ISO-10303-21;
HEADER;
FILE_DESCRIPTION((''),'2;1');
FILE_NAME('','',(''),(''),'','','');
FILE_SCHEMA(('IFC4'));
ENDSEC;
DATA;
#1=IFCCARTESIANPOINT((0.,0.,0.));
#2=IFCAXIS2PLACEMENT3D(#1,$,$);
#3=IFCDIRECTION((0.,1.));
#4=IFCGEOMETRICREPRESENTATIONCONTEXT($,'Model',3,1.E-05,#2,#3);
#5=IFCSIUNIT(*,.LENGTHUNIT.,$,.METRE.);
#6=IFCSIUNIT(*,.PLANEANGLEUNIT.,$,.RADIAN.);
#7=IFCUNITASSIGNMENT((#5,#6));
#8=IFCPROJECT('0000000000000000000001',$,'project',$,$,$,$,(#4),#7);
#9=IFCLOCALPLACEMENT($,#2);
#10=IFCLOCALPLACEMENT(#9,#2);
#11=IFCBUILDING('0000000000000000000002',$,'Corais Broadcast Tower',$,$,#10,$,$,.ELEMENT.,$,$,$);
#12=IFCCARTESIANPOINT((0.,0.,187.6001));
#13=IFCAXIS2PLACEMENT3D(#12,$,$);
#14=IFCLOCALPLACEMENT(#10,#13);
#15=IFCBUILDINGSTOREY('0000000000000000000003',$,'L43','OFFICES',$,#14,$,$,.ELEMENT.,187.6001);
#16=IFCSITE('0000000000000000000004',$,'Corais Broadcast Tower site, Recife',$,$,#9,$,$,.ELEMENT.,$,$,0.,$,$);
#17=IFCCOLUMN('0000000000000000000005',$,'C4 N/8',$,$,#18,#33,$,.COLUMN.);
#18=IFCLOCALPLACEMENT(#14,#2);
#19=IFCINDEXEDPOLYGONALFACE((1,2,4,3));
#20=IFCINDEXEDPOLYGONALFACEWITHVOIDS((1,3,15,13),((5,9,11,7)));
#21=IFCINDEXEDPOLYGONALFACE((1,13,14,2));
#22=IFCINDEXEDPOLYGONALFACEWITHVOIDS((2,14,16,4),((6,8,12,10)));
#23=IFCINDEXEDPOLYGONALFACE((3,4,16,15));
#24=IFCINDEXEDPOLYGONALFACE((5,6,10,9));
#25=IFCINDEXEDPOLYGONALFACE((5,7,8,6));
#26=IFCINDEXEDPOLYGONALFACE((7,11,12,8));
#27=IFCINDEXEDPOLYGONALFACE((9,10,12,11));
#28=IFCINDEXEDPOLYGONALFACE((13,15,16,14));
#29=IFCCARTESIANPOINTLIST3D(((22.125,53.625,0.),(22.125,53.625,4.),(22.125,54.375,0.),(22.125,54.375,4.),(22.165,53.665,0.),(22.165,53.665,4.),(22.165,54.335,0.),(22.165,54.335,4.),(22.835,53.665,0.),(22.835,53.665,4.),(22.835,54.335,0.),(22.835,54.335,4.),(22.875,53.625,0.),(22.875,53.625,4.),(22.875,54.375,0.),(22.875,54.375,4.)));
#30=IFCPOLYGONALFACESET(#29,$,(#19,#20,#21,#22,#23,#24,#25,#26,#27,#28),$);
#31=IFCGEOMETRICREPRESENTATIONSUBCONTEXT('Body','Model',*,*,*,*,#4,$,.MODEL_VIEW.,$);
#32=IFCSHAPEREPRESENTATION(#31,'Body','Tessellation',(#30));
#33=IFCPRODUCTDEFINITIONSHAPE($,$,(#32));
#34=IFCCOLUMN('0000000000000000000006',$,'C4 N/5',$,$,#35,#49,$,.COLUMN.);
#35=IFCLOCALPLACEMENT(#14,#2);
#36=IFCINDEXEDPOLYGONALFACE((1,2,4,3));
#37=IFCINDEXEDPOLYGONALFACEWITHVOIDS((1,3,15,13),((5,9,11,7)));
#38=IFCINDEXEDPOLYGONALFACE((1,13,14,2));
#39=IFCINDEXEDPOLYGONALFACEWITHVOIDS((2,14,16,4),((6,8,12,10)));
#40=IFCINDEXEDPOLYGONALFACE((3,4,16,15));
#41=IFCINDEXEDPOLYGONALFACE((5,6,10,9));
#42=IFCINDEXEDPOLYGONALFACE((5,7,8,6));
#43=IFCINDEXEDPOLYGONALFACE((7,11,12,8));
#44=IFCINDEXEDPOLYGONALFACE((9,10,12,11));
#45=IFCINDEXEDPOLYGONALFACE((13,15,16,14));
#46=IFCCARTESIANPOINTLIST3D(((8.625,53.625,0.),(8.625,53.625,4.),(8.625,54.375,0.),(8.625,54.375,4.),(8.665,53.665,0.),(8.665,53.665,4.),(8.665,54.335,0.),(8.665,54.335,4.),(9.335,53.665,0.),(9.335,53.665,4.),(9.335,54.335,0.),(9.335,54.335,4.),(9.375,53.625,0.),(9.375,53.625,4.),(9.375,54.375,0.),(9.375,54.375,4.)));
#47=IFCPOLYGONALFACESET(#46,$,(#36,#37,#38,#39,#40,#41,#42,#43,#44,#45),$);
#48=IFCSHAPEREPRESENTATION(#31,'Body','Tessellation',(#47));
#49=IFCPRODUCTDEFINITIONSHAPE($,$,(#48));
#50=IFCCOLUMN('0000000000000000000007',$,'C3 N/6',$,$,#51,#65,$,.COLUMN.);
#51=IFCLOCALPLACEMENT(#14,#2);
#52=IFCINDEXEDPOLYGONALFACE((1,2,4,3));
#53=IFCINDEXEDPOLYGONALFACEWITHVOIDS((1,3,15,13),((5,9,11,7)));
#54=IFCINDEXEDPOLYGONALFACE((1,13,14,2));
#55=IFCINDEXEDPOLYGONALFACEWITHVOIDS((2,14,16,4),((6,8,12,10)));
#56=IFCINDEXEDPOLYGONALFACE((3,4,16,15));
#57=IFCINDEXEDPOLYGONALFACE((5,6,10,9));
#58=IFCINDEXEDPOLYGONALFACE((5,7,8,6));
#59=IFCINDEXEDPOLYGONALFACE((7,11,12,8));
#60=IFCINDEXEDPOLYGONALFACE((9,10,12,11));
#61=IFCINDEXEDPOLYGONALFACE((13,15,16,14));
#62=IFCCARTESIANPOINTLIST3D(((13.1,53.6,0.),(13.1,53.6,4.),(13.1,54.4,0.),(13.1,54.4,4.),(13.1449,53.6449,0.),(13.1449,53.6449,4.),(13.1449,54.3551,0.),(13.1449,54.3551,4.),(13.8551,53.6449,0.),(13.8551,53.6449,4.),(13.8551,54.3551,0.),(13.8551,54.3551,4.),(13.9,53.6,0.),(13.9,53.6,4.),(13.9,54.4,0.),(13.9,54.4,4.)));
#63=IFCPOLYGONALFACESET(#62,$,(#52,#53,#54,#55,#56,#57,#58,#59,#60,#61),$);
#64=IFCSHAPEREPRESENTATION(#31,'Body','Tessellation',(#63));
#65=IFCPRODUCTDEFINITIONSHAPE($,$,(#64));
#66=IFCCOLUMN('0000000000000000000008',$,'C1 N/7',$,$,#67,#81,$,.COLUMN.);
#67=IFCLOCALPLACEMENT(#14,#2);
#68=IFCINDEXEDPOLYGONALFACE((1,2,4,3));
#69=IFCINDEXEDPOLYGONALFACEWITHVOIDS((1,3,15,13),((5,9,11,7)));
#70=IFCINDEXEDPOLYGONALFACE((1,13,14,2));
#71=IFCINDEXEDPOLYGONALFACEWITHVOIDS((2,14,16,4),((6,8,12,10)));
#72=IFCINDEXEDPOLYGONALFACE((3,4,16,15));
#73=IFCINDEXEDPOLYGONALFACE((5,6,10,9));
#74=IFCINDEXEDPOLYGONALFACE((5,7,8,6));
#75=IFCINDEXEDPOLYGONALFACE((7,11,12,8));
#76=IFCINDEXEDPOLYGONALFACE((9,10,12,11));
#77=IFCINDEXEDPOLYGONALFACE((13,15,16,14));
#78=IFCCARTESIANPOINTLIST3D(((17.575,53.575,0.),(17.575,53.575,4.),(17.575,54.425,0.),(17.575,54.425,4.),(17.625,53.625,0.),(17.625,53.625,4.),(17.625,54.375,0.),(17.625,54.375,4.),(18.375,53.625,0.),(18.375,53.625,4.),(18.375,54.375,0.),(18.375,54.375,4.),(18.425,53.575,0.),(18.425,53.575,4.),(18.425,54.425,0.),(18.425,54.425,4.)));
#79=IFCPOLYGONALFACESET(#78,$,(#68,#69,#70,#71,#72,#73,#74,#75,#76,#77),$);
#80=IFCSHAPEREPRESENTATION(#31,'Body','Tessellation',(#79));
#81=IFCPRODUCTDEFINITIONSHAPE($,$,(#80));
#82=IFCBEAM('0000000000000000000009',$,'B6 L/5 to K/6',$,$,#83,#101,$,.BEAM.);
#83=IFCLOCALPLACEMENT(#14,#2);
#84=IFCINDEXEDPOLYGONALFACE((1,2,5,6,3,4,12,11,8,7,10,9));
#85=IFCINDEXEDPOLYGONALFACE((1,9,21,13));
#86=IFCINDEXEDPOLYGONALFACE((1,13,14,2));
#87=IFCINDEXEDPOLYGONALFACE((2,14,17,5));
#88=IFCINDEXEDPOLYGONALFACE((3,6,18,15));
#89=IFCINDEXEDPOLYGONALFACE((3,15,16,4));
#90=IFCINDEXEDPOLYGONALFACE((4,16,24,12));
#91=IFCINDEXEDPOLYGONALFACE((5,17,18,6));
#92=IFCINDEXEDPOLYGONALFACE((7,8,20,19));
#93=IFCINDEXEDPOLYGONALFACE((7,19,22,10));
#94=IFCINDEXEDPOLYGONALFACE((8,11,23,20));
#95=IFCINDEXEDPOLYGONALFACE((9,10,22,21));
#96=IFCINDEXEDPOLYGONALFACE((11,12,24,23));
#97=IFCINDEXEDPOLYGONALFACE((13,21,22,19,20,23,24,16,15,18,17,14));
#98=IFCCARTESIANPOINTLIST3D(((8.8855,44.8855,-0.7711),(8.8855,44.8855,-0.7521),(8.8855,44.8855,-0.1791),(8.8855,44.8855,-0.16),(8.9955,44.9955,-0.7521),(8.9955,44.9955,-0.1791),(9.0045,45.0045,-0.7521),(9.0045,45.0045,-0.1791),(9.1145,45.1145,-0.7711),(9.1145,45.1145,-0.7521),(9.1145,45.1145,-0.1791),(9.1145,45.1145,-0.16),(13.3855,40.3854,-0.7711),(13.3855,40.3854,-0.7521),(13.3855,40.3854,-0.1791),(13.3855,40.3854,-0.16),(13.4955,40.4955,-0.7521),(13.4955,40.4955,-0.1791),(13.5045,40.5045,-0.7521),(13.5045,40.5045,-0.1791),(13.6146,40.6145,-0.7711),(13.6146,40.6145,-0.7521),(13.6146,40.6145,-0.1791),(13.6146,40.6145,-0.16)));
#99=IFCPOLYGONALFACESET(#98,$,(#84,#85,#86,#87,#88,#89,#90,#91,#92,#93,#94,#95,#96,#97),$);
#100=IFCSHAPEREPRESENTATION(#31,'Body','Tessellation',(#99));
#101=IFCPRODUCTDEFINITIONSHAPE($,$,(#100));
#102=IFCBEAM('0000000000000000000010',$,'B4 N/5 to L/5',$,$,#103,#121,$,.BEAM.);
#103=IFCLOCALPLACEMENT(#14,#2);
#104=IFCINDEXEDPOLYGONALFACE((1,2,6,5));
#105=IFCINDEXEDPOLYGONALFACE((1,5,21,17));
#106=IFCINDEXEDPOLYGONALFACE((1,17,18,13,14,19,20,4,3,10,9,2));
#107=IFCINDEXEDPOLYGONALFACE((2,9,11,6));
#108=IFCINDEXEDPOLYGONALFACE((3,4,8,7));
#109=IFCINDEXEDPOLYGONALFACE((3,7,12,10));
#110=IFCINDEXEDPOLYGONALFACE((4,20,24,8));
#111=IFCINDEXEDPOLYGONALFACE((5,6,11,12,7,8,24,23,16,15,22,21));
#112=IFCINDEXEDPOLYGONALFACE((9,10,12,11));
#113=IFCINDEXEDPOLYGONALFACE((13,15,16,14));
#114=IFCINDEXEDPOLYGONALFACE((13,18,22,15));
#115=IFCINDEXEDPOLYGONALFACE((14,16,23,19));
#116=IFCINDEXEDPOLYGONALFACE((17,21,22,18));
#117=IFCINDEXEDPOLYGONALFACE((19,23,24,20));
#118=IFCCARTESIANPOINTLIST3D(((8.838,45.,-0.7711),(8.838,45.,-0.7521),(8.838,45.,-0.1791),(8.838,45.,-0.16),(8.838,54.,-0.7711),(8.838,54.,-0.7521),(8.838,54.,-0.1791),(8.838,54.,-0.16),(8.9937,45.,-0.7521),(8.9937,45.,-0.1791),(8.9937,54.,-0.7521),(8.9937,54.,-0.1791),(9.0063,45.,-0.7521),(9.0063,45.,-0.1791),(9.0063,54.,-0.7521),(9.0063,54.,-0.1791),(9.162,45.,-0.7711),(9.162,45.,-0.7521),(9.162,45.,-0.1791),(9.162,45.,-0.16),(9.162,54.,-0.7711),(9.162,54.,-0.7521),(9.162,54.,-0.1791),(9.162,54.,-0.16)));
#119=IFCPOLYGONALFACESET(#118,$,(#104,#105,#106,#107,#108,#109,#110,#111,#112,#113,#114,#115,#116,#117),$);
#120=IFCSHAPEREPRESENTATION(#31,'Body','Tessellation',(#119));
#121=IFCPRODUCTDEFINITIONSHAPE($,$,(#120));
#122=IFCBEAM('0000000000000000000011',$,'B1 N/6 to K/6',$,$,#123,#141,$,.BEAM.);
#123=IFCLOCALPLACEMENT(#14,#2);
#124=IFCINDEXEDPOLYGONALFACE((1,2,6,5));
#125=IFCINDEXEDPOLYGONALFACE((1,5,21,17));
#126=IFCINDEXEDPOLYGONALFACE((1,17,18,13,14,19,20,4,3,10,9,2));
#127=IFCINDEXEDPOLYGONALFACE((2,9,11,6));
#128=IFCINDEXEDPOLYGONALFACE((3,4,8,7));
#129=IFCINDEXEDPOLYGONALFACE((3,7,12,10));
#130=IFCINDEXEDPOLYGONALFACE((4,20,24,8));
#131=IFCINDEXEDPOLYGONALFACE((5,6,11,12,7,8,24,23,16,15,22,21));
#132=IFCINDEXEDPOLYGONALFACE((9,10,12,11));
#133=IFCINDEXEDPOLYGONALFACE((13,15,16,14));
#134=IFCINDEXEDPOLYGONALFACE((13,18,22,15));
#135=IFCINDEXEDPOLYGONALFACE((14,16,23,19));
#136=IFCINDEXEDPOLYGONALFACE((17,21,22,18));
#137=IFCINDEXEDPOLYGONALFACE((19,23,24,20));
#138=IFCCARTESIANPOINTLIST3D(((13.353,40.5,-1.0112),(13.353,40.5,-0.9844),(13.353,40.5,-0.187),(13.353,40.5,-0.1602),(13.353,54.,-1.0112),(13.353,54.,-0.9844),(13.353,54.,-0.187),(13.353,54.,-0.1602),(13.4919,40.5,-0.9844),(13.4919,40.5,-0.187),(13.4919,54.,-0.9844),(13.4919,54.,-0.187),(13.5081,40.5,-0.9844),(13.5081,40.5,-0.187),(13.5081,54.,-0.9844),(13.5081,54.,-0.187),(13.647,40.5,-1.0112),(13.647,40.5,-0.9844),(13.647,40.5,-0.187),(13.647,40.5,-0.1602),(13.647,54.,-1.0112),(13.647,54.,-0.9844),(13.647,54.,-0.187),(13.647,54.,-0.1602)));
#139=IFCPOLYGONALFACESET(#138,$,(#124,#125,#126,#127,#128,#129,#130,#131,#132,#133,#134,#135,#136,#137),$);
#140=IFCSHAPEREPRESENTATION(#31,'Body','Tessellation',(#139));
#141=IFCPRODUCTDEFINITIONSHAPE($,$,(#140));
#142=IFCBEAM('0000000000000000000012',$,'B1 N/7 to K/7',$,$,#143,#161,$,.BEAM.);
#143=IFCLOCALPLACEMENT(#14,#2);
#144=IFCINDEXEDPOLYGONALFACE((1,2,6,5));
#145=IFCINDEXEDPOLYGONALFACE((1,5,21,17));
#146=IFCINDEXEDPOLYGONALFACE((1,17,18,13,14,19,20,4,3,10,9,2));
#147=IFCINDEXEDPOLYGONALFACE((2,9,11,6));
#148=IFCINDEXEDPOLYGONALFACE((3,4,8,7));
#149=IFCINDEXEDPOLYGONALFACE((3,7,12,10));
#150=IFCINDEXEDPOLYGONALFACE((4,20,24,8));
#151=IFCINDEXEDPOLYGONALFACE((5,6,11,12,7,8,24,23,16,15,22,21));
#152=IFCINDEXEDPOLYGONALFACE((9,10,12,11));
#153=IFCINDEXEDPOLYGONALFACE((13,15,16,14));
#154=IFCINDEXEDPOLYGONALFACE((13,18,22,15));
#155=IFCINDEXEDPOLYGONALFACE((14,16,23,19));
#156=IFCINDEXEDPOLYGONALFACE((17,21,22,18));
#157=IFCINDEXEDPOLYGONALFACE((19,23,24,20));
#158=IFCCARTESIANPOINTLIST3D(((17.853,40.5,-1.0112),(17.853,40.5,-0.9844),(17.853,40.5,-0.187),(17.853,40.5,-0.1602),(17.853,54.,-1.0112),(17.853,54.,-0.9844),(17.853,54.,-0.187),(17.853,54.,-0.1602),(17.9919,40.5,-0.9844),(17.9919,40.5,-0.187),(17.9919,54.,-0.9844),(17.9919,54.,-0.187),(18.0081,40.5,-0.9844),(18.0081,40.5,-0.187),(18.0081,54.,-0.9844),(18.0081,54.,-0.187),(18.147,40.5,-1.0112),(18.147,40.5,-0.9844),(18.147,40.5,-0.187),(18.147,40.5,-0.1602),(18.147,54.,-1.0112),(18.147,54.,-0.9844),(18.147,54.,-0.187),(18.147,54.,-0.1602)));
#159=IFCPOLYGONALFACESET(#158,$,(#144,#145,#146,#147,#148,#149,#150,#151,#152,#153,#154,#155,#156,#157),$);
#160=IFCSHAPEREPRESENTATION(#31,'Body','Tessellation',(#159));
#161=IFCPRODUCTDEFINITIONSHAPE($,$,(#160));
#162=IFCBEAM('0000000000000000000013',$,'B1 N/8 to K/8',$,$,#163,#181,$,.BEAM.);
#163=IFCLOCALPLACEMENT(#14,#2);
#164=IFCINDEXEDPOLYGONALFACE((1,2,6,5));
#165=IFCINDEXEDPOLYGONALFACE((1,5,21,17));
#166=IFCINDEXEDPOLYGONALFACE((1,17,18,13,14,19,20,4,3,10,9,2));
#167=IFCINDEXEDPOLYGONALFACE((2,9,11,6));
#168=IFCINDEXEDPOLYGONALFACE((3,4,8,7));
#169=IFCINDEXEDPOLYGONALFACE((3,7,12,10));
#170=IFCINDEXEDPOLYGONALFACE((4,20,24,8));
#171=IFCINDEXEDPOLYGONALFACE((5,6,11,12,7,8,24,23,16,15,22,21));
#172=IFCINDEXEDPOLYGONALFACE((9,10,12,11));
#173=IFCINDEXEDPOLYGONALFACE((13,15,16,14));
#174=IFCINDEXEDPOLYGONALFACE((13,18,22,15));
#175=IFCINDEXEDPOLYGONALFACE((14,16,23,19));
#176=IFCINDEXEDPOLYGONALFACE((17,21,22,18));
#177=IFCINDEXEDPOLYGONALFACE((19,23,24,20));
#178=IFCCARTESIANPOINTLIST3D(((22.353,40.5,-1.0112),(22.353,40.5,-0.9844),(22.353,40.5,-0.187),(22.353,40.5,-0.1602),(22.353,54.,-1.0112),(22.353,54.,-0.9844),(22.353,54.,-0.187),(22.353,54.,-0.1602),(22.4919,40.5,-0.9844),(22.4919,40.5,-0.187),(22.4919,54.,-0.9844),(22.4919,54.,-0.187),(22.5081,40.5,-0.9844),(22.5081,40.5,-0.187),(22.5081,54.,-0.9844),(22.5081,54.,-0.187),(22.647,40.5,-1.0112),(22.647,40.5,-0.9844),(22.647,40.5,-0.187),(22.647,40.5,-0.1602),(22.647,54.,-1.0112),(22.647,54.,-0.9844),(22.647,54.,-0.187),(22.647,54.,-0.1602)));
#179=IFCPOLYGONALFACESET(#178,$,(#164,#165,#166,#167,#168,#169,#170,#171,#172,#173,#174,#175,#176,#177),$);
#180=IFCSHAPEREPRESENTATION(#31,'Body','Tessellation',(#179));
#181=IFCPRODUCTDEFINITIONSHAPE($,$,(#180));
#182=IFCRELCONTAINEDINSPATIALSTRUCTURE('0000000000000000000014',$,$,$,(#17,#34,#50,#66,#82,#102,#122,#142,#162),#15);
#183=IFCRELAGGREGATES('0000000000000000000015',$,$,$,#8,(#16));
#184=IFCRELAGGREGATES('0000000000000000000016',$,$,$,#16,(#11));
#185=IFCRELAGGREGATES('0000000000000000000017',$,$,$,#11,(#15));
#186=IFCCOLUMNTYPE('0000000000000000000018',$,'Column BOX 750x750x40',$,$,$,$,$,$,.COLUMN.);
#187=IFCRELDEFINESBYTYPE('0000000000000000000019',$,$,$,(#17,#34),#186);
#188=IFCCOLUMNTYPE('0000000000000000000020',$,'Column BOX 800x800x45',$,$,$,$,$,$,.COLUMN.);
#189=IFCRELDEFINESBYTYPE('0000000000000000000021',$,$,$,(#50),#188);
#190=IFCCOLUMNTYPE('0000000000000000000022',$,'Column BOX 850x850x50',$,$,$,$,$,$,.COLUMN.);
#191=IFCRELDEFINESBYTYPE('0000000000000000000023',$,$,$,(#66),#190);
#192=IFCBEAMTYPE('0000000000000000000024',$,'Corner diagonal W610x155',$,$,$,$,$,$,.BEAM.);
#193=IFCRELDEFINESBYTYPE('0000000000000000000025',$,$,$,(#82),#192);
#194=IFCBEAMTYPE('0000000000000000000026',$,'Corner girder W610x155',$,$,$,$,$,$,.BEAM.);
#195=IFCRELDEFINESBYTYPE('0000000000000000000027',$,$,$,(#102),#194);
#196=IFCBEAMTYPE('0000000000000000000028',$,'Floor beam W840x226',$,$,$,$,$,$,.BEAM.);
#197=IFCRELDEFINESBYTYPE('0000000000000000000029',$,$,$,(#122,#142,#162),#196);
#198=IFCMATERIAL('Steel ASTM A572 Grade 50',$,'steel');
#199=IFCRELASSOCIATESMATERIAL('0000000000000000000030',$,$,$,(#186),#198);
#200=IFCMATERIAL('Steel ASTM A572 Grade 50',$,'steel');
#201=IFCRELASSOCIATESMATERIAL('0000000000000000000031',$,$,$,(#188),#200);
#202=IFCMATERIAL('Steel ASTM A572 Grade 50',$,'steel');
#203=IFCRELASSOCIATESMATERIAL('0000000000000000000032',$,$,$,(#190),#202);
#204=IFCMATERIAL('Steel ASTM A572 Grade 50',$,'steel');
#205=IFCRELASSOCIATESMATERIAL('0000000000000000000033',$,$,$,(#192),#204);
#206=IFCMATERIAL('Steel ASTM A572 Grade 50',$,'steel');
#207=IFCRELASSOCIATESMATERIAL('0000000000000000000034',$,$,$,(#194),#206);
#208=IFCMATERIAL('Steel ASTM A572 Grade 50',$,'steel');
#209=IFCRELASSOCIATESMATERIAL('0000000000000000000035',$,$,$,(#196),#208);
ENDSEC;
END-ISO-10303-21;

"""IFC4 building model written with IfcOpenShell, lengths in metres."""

from ifc_helpers import new_model, si_unit, direction, frame, origin, origin_2d, place, context, subcontext, project, spatial, hollow_rectangle, i_section, extrude, material, material_profile, profile_set, type_object, element, save


model = new_model("IFC4")

# Units and contexts
model_context = context("Model", 3, precision=1e-05, world=origin(), true_north=direction((0.0, 1.0)))
body_context = subcontext(model_context, "Body", "Model", "MODEL_VIEW")
ifc_project = project(units=[si_unit("LENGTHUNIT", "METRE"), si_unit("PLANEANGLEUNIT", "RADIAN")], contexts=[model_context])

# Site, building, storey
site_placement = place(None, origin())
site = spatial("IfcSite", under=ifc_project, at=site_placement, Name="Corais Broadcast Tower site, Recife", CompositionType="ELEMENT", RefElevation=0.0)
building_placement = place(site_placement, origin())
building = spatial("IfcBuilding", under=site, at=building_placement, Name="Corais Broadcast Tower", CompositionType="ELEMENT")
storey_placement = place(building_placement, frame((0.0, 0.0, 187.6001)))
storey = spatial("IfcBuildingStorey", under=building, at=storey_placement, Name="L43", Description="OFFICES", CompositionType="ELEMENT", Elevation=187.6001)

# Columns
ifc_material_1 = material(Name="Steel ASTM A572 Grade 50", Category="steel")
ifc_material_profile_1 = material_profile(ifc_material_1, hollow_rectangle(XDim=0.75, YDim=0.75, WallThickness=0.04, at=origin_2d()), Name="BOX 750x750x40")
ifc_profile_set_1 = profile_set([ifc_material_profile_1], Name="Steel ASTM A572 Grade 50")
column_type_1 = type_object("IfcColumnType", Name="Column BOX 750x750x40", PredefinedType="COLUMN", material=ifc_profile_set_1)
for number, where, z_axis, x_axis, name in (
    (1, (22.5, 54.0, 0.0), (0.0, 0.0, 1.0), (1.0, 0.0, 0.0), "C4 N/8"),
    (2, (9.0, 54.0, 0.0), (0.0, 0.0, 1.0), (1.0, 0.0, 0.0), "C4 N/5"),
):
    element("IfcColumn", number, at=place(storey_placement, frame(where, z_axis=z_axis, x_axis=x_axis)), inside=storey, type_object=column_type_1, Name=name, PredefinedType="COLUMN", context=body_context, shape_type="SweptSolid", body=[
        extrude(hollow_rectangle(XDim=0.75, YDim=0.75, WallThickness=0.04, at=origin_2d()), origin(), (0.0, 0.0, 1.0), 4.0),
    ])
ifc_material_2 = material(Name="Steel ASTM A572 Grade 50", Category="steel")
ifc_material_profile_2 = material_profile(ifc_material_2, hollow_rectangle(XDim=0.8, YDim=0.8, WallThickness=0.0449, at=origin_2d()), Name="BOX 800x800x45")
ifc_profile_set_2 = profile_set([ifc_material_profile_2], Name="Steel ASTM A572 Grade 50")
column_type_2 = type_object("IfcColumnType", Name="Column BOX 800x800x45", PredefinedType="COLUMN", material=ifc_profile_set_2)
column_1_placement = place(storey_placement, frame((13.5, 54.0, 0.0), z_axis=(0.0, 0.0, 1.0), x_axis=(1.0, 0.0, 0.0)))
element("IfcColumn", 3, at=column_1_placement, inside=storey, type_object=column_type_2, Name="C3 N/6", PredefinedType="COLUMN", context=body_context, shape_type="SweptSolid", body=[
    extrude(hollow_rectangle(XDim=0.8, YDim=0.8, WallThickness=0.0449, at=origin_2d()), origin(), (0.0, 0.0, 1.0), 4.0),
])
ifc_material_3 = material(Name="Steel ASTM A572 Grade 50", Category="steel")
ifc_material_profile_3 = material_profile(ifc_material_3, hollow_rectangle(XDim=0.8501, YDim=0.8501, WallThickness=0.05, at=origin_2d()), Name="BOX 850x850x50")
ifc_profile_set_3 = profile_set([ifc_material_profile_3], Name="Steel ASTM A572 Grade 50")
column_type_3 = type_object("IfcColumnType", Name="Column BOX 850x850x50", PredefinedType="COLUMN", material=ifc_profile_set_3)
column_2_placement = place(storey_placement, frame((18.0, 54.0, 0.0), z_axis=(0.0, 0.0, 1.0), x_axis=(1.0, 0.0, 0.0)))
element("IfcColumn", 4, at=column_2_placement, inside=storey, type_object=column_type_3, Name="C1 N/7", PredefinedType="COLUMN", context=body_context, shape_type="SweptSolid", body=[
    extrude(hollow_rectangle(XDim=0.8501, YDim=0.8501, WallThickness=0.05, at=origin_2d()), origin(), (0.0, 0.0, 1.0), 4.0),
])

# Beams
ifc_material_4 = material(Name="Steel ASTM A572 Grade 50", Category="steel")
ifc_material_profile_4 = material_profile(ifc_material_4, i_section(OverallWidth=0.324, OverallDepth=0.6111, WebThickness=0.0127, FlangeThickness=0.019, at=origin_2d()), Name="W610x155")
ifc_profile_set_4 = profile_set([ifc_material_profile_4], Name="Steel ASTM A572 Grade 50")
beam_type_1 = type_object("IfcBeamType", Name="Corner diagonal W610x155", PredefinedType="BEAM", material=ifc_profile_set_4)
beam_1_placement = place(storey_placement, frame((9.0, 45.0, -0.4656), z_axis=(0.707107, -0.707107, 0.0), x_axis=(0.707107, 0.707107, 0.0)))
element("IfcBeam", 5, at=beam_1_placement, inside=storey, type_object=beam_type_1, Name="B6 L/5 to K/6", PredefinedType="BEAM", context=body_context, shape_type="SweptSolid", body=[
    extrude(i_section(OverallWidth=0.324, OverallDepth=0.6111, WebThickness=0.0127, FlangeThickness=0.019, at=origin_2d()), origin(), (0.0, 0.0, 1.0), 6.364),
])
ifc_material_5 = material(Name="Steel ASTM A572 Grade 50", Category="steel")
ifc_material_profile_5 = material_profile(ifc_material_5, i_section(OverallWidth=0.324, OverallDepth=0.6111, WebThickness=0.0127, FlangeThickness=0.019, at=origin_2d()), Name="W610x155")
ifc_profile_set_5 = profile_set([ifc_material_profile_5], Name="Steel ASTM A572 Grade 50")
beam_type_2 = type_object("IfcBeamType", Name="Corner girder W610x155", PredefinedType="BEAM", material=ifc_profile_set_5)
beam_2_placement = place(storey_placement, frame((9.0, 54.0, -0.4656), z_axis=(0.0, -1.0, 0.0), x_axis=(1.0, 0.0, 0.0)))
element("IfcBeam", 6, at=beam_2_placement, inside=storey, type_object=beam_type_2, Name="B4 N/5 to L/5", PredefinedType="BEAM", context=body_context, shape_type="SweptSolid", body=[
    extrude(i_section(OverallWidth=0.324, OverallDepth=0.6111, WebThickness=0.0127, FlangeThickness=0.019, at=origin_2d()), origin(), (0.0, 0.0, 1.0), 9.0),
])
ifc_material_6 = material(Name="Steel ASTM A572 Grade 50", Category="steel")
ifc_material_profile_6 = material_profile(ifc_material_6, i_section(OverallWidth=0.2939, OverallDepth=0.8511, WebThickness=0.0161, FlangeThickness=0.0269, at=origin_2d()), Name="W840x226")
ifc_profile_set_6 = profile_set([ifc_material_profile_6], Name="Steel ASTM A572 Grade 50")
beam_type_3 = type_object("IfcBeamType", Name="Floor beam W840x226", PredefinedType="BEAM", material=ifc_profile_set_6)
for number, where, z_axis, x_axis, name in (
    (7, (13.5, 54.0, -0.5857), (0.0, -1.0, 0.0), (1.0, 0.0, 0.0), "B1 N/6 to K/6"),
    (8, (18.0, 54.0, -0.5857), (0.0, -1.0, 0.0), (1.0, 0.0, 0.0), "B1 N/7 to K/7"),
    (9, (22.5, 54.0, -0.5857), (0.0, -1.0, 0.0), (1.0, 0.0, 0.0), "B1 N/8 to K/8"),
):
    element("IfcBeam", number, at=place(storey_placement, frame(where, z_axis=z_axis, x_axis=x_axis)), inside=storey, type_object=beam_type_3, Name=name, PredefinedType="BEAM", context=body_context, shape_type="SweptSolid", body=[
        extrude(i_section(OverallWidth=0.2939, OverallDepth=0.8511, WebThickness=0.0161, FlangeThickness=0.0269, at=origin_2d()), origin(), (0.0, 0.0, 1.0), 13.5),
    ])

save(model, "model.ifc")
